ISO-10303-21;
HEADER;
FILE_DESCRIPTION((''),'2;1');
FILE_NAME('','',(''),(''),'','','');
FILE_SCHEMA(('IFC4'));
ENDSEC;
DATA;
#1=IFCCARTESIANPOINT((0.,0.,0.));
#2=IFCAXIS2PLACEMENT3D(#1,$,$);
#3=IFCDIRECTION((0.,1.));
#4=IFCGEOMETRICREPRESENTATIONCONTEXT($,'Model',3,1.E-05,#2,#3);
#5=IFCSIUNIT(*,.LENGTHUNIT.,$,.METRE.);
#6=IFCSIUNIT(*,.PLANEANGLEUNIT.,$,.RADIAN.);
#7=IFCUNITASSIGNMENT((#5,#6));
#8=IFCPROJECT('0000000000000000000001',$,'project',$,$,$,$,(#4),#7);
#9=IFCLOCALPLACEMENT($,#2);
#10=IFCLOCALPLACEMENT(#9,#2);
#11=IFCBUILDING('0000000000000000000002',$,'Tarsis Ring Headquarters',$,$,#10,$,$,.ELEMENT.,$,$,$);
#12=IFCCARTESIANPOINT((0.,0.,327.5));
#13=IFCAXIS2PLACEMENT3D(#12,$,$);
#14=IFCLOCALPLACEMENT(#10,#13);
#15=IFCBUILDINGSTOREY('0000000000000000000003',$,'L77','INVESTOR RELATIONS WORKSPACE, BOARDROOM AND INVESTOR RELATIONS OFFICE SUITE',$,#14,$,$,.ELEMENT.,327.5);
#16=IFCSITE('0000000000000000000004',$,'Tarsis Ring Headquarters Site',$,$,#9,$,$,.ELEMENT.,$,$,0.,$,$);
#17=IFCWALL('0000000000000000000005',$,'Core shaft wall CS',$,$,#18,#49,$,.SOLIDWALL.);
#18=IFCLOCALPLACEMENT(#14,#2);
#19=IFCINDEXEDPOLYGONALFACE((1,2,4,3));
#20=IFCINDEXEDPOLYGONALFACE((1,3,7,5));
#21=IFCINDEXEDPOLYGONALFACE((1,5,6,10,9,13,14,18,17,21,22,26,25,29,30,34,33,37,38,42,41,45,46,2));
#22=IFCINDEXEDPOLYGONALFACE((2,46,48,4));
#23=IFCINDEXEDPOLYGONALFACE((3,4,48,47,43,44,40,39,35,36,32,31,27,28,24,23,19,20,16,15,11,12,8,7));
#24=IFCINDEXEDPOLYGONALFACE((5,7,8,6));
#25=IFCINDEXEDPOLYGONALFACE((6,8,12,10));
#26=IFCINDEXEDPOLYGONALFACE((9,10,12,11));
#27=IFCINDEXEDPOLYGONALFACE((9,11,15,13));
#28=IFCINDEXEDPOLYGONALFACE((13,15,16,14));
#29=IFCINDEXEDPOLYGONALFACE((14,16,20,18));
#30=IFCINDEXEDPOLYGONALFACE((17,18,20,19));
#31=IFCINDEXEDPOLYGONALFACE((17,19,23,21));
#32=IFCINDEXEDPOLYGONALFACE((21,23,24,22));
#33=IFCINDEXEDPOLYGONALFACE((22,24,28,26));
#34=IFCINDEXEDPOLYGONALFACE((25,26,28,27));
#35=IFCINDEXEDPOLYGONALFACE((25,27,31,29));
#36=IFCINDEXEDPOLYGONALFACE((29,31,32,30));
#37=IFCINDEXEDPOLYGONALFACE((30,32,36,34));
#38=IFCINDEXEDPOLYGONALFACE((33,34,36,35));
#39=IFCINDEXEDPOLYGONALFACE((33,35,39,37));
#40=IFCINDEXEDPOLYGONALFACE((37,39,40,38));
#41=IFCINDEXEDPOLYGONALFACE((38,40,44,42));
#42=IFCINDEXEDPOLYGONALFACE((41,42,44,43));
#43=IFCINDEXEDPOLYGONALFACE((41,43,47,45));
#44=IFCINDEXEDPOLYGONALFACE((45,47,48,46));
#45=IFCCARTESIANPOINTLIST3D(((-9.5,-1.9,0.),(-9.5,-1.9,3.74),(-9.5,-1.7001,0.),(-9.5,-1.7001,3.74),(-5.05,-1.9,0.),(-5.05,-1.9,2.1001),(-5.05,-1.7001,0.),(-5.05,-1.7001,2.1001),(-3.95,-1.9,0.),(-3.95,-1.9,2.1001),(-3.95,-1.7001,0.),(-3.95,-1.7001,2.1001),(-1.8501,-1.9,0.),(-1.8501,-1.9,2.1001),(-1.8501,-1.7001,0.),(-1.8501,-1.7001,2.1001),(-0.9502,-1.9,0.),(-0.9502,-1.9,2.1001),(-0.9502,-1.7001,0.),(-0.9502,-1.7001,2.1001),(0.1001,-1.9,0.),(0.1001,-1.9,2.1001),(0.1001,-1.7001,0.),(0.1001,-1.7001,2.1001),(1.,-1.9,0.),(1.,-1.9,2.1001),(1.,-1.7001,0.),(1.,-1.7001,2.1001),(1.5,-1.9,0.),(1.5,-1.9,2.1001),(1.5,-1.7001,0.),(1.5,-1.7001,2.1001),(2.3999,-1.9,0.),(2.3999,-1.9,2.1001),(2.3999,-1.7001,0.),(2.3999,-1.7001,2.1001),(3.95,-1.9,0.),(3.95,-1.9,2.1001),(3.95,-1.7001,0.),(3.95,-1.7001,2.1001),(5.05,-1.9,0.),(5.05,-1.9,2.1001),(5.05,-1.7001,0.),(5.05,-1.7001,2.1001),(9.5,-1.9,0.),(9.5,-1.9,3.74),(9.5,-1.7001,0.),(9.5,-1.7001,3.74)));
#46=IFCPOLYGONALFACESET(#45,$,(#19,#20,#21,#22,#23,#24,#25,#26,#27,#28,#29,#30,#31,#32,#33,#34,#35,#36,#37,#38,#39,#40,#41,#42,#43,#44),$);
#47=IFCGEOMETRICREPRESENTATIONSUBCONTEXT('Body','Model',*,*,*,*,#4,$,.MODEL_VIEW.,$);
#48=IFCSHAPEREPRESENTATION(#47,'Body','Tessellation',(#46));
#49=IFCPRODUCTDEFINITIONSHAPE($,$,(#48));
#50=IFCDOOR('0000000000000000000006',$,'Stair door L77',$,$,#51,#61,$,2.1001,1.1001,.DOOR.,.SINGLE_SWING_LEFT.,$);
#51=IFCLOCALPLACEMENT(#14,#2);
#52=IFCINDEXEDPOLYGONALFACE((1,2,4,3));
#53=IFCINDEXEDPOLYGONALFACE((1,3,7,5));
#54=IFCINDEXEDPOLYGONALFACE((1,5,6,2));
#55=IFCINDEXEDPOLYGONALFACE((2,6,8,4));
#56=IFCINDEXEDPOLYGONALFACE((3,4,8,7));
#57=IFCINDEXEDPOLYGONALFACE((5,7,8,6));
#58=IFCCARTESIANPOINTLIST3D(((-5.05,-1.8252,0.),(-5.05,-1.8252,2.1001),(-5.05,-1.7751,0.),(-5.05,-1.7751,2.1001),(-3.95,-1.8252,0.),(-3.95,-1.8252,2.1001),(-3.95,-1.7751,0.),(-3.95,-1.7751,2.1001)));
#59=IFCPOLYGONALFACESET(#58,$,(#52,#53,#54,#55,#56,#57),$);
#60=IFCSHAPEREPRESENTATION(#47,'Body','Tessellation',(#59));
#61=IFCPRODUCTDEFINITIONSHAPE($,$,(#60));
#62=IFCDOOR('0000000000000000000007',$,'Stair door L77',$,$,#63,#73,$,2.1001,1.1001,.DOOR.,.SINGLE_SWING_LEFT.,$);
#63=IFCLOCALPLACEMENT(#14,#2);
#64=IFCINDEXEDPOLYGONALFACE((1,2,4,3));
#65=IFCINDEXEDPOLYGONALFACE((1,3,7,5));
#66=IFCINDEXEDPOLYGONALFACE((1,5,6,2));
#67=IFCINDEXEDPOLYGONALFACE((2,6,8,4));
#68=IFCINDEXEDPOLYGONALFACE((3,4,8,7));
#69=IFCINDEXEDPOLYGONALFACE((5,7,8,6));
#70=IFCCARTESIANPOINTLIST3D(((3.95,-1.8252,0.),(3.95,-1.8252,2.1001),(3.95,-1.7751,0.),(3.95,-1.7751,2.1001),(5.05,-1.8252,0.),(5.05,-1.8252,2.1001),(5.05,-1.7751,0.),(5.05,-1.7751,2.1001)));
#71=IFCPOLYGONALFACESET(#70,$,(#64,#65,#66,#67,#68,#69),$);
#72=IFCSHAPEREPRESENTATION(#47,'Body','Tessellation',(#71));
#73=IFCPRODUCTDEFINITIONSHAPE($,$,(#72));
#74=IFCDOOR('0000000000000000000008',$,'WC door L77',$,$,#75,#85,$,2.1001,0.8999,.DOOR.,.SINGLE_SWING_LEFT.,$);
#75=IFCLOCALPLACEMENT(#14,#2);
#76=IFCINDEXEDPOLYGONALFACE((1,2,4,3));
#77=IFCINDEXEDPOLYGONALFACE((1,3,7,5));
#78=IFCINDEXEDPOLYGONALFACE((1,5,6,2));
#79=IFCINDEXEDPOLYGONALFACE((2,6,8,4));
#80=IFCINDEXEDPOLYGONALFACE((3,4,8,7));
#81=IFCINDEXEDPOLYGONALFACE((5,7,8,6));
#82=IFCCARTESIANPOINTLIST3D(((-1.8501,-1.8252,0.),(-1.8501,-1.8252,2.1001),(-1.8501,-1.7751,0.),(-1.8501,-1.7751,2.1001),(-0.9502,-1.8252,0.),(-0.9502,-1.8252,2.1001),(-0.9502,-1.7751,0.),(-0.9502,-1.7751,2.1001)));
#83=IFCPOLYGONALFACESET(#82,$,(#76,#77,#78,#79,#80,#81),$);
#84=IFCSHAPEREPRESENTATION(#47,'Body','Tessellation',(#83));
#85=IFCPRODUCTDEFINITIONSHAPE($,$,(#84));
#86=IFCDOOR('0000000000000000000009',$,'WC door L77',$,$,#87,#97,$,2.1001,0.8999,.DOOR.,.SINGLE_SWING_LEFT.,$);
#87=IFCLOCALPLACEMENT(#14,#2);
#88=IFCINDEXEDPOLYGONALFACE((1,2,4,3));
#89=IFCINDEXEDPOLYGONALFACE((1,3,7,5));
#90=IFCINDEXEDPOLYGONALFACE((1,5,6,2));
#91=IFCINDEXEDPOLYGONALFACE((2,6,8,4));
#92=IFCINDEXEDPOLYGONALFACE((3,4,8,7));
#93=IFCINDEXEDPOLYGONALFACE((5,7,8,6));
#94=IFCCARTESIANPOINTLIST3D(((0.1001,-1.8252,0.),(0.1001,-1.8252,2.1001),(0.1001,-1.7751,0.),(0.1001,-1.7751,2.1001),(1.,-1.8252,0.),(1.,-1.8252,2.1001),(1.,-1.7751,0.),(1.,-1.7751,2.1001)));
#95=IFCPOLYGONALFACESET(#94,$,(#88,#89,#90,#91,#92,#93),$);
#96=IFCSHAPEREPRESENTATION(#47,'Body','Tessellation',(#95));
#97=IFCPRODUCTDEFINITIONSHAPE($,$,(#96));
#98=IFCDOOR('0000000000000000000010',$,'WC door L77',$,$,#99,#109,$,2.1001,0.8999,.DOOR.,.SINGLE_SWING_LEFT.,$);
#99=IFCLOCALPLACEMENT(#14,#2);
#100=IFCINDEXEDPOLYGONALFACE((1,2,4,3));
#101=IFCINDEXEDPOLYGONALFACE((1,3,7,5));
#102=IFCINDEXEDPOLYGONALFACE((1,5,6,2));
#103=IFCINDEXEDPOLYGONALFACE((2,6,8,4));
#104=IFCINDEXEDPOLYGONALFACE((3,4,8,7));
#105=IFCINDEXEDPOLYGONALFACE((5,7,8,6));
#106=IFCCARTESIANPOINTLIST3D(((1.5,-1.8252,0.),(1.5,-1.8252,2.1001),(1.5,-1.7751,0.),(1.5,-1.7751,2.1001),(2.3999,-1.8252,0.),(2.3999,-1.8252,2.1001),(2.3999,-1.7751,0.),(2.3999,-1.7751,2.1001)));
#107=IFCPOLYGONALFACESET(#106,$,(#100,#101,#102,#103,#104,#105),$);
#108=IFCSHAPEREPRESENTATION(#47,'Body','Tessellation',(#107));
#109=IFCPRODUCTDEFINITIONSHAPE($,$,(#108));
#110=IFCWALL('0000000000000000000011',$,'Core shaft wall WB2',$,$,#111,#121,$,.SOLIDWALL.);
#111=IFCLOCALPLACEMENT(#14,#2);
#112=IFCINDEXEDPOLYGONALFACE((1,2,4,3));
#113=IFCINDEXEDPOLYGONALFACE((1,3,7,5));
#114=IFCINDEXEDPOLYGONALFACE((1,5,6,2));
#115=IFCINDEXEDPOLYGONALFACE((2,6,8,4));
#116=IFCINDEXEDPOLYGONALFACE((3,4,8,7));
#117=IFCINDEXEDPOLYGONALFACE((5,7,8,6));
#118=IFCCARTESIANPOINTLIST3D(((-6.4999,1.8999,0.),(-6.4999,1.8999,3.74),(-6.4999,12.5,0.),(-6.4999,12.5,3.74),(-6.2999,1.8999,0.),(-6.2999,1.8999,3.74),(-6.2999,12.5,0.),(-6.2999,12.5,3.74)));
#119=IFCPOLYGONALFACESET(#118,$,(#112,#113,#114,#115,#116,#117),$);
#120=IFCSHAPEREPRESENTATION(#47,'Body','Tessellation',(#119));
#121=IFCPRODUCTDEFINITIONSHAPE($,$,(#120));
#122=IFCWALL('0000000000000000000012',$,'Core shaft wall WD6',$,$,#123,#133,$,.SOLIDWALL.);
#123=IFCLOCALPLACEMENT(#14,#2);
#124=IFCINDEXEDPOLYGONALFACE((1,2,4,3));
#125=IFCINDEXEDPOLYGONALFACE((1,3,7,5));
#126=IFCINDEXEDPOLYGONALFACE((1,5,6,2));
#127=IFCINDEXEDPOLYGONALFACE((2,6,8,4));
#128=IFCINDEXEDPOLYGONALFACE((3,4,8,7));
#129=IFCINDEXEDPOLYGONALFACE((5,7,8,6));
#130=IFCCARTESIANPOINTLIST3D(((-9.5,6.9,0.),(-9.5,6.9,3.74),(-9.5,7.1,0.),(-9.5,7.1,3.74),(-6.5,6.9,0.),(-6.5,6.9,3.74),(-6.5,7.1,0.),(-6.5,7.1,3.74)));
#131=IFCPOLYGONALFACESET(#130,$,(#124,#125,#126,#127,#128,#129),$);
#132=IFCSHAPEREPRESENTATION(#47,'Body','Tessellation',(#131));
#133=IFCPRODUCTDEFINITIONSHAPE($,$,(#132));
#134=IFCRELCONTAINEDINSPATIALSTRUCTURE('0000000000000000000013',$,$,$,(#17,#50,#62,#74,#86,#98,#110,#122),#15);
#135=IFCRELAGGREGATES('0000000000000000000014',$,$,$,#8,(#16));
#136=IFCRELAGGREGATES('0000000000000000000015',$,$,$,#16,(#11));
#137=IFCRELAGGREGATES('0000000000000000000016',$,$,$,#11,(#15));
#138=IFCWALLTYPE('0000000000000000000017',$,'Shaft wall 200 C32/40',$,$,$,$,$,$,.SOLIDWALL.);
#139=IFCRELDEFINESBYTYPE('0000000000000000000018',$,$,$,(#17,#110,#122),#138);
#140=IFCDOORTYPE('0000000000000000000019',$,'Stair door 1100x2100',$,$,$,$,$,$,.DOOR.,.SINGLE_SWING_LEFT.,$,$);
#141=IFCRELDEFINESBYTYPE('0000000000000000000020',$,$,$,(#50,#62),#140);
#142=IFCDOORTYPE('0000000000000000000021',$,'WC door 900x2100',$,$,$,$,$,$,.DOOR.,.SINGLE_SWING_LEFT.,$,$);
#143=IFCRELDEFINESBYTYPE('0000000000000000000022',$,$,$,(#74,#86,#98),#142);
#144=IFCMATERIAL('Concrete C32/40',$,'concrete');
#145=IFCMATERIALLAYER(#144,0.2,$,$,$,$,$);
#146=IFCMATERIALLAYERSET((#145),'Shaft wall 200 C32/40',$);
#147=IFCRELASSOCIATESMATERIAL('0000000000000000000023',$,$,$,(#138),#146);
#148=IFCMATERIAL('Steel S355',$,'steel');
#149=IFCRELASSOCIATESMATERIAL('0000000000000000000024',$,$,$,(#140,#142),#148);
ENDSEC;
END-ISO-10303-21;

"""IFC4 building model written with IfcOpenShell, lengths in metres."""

from ifc_helpers import new_model, si_unit, direction, frame, frame_2d, origin, place, context, subcontext, project, spatial, rectangle, extrude, material, layer, layer_set, type_object, element, fill, save


model = new_model("IFC4")

# Units and contexts
model_context = context("Model", 3, precision=1e-05, world=origin(), true_north=direction((0.0, 1.0)))
body_context = subcontext(model_context, "Body", "Model", "MODEL_VIEW")
ifc_project = project(units=[si_unit("LENGTHUNIT", "METRE"), si_unit("PLANEANGLEUNIT", "RADIAN")], contexts=[model_context])

# Site, building, storey
site_placement = place(None, origin())
site = spatial("IfcSite", under=ifc_project, at=site_placement, Name="Tarsis Ring Headquarters Site", CompositionType="ELEMENT", RefElevation=0.0)
building_placement = place(site_placement, origin())
building = spatial("IfcBuilding", under=site, at=building_placement, Name="Tarsis Ring Headquarters", CompositionType="ELEMENT")
storey_placement = place(building_placement, frame((0.0, 0.0, 327.5)))
storey = spatial("IfcBuildingStorey", under=building, at=storey_placement, Name="L77", Description="INVESTOR RELATIONS WORKSPACE, BOARDROOM AND INVESTOR RELATIONS OFFICE SUITE", CompositionType="ELEMENT", Elevation=327.5)

# Shared definitions
ifc_material_1 = material(Name="Steel S355", Category="steel")

# Wall, openings, doors
ifc_material_2 = material(Name="Concrete C32/40", Category="concrete")
ifc_layer_1 = layer(ifc_material_2, 0.2)
ifc_layer_set_1 = layer_set([ifc_layer_1], Name="Shaft wall 200 C32/40")
wall_type_1 = type_object("IfcWallType", Name="Shaft wall 200 C32/40", PredefinedType="SOLIDWALL", material=ifc_layer_set_1)
door_type_1 = type_object("IfcDoorType", Name="Stair door 1100x2100", OperationType="SINGLE_SWING_LEFT", PredefinedType="DOOR", material=ifc_material_1)
wall_1_placement = place(storey_placement, frame((-9.5, -1.8, 0.0), z_axis=(0.0, 0.0, 1.0), x_axis=(1.0, 0.0, 0.0)))
wall_1 = element("IfcWall", 1, at=wall_1_placement, inside=storey, type_object=wall_type_1, Name="Core shaft wall CS", PredefinedType="SOLIDWALL", context=body_context, shape_type="SweptSolid", body=[
    extrude(rectangle(XDim=19.0, YDim=0.2, at=frame_2d((9.5, 0.0))), origin(), (0.0, 0.0, 1.0), 3.74),
])
opening_1_placement = place(wall_1_placement, frame((4.45, 0.0, 0.0)))
opening_1 = element("IfcOpeningElement", 2, at=opening_1_placement, cuts=wall_1, PredefinedType="OPENING", context=body_context, shape_type="SweptSolid", body=[
    extrude(rectangle(XDim=1.1001, YDim=2.1001, at=frame_2d((0.55, 1.05))), frame((0.0, 0.1099, 0.0), z_axis=(0.0, -1.0, 0.0), x_axis=(1.0, 0.0, 0.0)), (0.0, 0.0, 1.0), 0.22),
])
opening_2_placement = place(wall_1_placement, frame((7.6499, 0.0, 0.0)))
opening_2 = element("IfcOpeningElement", 3, at=opening_2_placement, cuts=wall_1, PredefinedType="OPENING", context=body_context, shape_type="SweptSolid", body=[
    extrude(rectangle(XDim=0.8999, YDim=2.1001, at=frame_2d((0.45, 1.05))), frame((0.0, 0.1099, 0.0), z_axis=(0.0, -1.0, 0.0), x_axis=(1.0, 0.0, 0.0)), (0.0, 0.0, 1.0), 0.22),
])
opening_3_placement = place(wall_1_placement, frame((9.6001, 0.0, 0.0)))
opening_3 = element("IfcOpeningElement", 4, at=opening_3_placement, cuts=wall_1, PredefinedType="OPENING", context=body_context, shape_type="SweptSolid", body=[
    extrude(rectangle(XDim=0.8999, YDim=2.1001, at=frame_2d((0.45, 1.05))), frame((0.0, 0.1099, 0.0), z_axis=(0.0, -1.0, 0.0), x_axis=(1.0, 0.0, 0.0)), (0.0, 0.0, 1.0), 0.22),
])
opening_4_placement = place(wall_1_placement, frame((11.0, 0.0, 0.0)))
opening_4 = element("IfcOpeningElement", 5, at=opening_4_placement, cuts=wall_1, PredefinedType="OPENING", context=body_context, shape_type="SweptSolid", body=[
    extrude(rectangle(XDim=0.8999, YDim=2.1001, at=frame_2d((0.45, 1.05))), frame((0.0, 0.1099, 0.0), z_axis=(0.0, -1.0, 0.0), x_axis=(1.0, 0.0, 0.0)), (0.0, 0.0, 1.0), 0.22),
])
opening_5_placement = place(wall_1_placement, frame((13.45, 0.0, 0.0)))
opening_5 = element("IfcOpeningElement", 6, at=opening_5_placement, cuts=wall_1, PredefinedType="OPENING", context=body_context, shape_type="SweptSolid", body=[
    extrude(rectangle(XDim=1.1001, YDim=2.1001, at=frame_2d((0.55, 1.05))), frame((0.0, 0.1099, 0.0), z_axis=(0.0, -1.0, 0.0), x_axis=(1.0, 0.0, 0.0)), (0.0, 0.0, 1.0), 0.22),
])
door_1_placement = place(opening_1_placement, origin())
door_1 = element("IfcDoor", 7, at=door_1_placement, inside=storey, type_object=door_type_1, Name="Stair door L77", OperationType="SINGLE_SWING_LEFT", OverallHeight=2.1001, OverallWidth=1.1001, PredefinedType="DOOR", context=body_context, shape_type="SweptSolid", body=[
    extrude(rectangle(XDim=1.1001, YDim=2.1001, at=frame_2d((0.55, 1.05))), frame((0.0, 0.0249, 0.0), z_axis=(0.0, -1.0, 0.0), x_axis=(1.0, 0.0, 0.0)), (0.0, 0.0, 1.0), 0.05),
])
fill(opening_1, door_1)
door_2_placement = place(opening_5_placement, origin())
door_2 = element("IfcDoor", 8, at=door_2_placement, inside=storey, type_object=door_type_1, Name="Stair door L77", OperationType="SINGLE_SWING_LEFT", OverallHeight=2.1001, OverallWidth=1.1001, PredefinedType="DOOR", context=body_context, shape_type="SweptSolid", body=[
    extrude(rectangle(XDim=1.1001, YDim=2.1001, at=frame_2d((0.55, 1.05))), frame((0.0, 0.0249, 0.0), z_axis=(0.0, -1.0, 0.0), x_axis=(1.0, 0.0, 0.0)), (0.0, 0.0, 1.0), 0.05),
])
fill(opening_5, door_2)
door_type_2 = type_object("IfcDoorType", Name="WC door 900x2100", OperationType="SINGLE_SWING_LEFT", PredefinedType="DOOR", material=ifc_material_1)
door_3_placement = place(opening_2_placement, origin())
door_3 = element("IfcDoor", 9, at=door_3_placement, inside=storey, type_object=door_type_2, Name="WC door L77", OperationType="SINGLE_SWING_LEFT", OverallHeight=2.1001, OverallWidth=0.8999, PredefinedType="DOOR", context=body_context, shape_type="SweptSolid", body=[
    extrude(rectangle(XDim=0.8999, YDim=2.1001, at=frame_2d((0.45, 1.05))), frame((0.0, 0.0249, 0.0), z_axis=(0.0, -1.0, 0.0), x_axis=(1.0, 0.0, 0.0)), (0.0, 0.0, 1.0), 0.05),
])
fill(opening_2, door_3)
door_4_placement = place(opening_3_placement, origin())
door_4 = element("IfcDoor", 10, at=door_4_placement, inside=storey, type_object=door_type_2, Name="WC door L77", OperationType="SINGLE_SWING_LEFT", OverallHeight=2.1001, OverallWidth=0.8999, PredefinedType="DOOR", context=body_context, shape_type="SweptSolid", body=[
    extrude(rectangle(XDim=0.8999, YDim=2.1001, at=frame_2d((0.45, 1.05))), frame((0.0, 0.0249, 0.0), z_axis=(0.0, -1.0, 0.0), x_axis=(1.0, 0.0, 0.0)), (0.0, 0.0, 1.0), 0.05),
])
fill(opening_3, door_4)
door_5_placement = place(opening_4_placement, origin())
door_5 = element("IfcDoor", 11, at=door_5_placement, inside=storey, type_object=door_type_2, Name="WC door L77", OperationType="SINGLE_SWING_LEFT", OverallHeight=2.1001, OverallWidth=0.8999, PredefinedType="DOOR", context=body_context, shape_type="SweptSolid", body=[
    extrude(rectangle(XDim=0.8999, YDim=2.1001, at=frame_2d((0.45, 1.05))), frame((0.0, 0.0249, 0.0), z_axis=(0.0, -1.0, 0.0), x_axis=(1.0, 0.0, 0.0)), (0.0, 0.0, 1.0), 0.05),
])
fill(opening_4, door_5)

# Walls
wall_2_placement = place(storey_placement, frame((-6.3999, 1.8999, 0.0), z_axis=(0.0, 0.0, 1.0), x_axis=(0.0, 1.0, 0.0)))
element("IfcWall", 12, at=wall_2_placement, inside=storey, type_object=wall_type_1, Name="Core shaft wall WB2", PredefinedType="SOLIDWALL", context=body_context, shape_type="SweptSolid", body=[
    extrude(rectangle(XDim=10.6001, YDim=0.2, at=frame_2d((5.3, 0.0))), origin(), (0.0, 0.0, 1.0), 3.74),
])
wall_3_placement = place(storey_placement, frame((-9.5, 7.0, 0.0), z_axis=(0.0, 0.0, 1.0), x_axis=(1.0, 0.0, 0.0)))
element("IfcWall", 13, at=wall_3_placement, inside=storey, type_object=wall_type_1, Name="Core shaft wall WD6", PredefinedType="SOLIDWALL", context=body_context, shape_type="SweptSolid", body=[
    extrude(rectangle(XDim=3.0, YDim=0.2, at=frame_2d((1.5, 0.0))), origin(), (0.0, 0.0, 1.0), 3.74),
])

save(model, "model.ifc")
